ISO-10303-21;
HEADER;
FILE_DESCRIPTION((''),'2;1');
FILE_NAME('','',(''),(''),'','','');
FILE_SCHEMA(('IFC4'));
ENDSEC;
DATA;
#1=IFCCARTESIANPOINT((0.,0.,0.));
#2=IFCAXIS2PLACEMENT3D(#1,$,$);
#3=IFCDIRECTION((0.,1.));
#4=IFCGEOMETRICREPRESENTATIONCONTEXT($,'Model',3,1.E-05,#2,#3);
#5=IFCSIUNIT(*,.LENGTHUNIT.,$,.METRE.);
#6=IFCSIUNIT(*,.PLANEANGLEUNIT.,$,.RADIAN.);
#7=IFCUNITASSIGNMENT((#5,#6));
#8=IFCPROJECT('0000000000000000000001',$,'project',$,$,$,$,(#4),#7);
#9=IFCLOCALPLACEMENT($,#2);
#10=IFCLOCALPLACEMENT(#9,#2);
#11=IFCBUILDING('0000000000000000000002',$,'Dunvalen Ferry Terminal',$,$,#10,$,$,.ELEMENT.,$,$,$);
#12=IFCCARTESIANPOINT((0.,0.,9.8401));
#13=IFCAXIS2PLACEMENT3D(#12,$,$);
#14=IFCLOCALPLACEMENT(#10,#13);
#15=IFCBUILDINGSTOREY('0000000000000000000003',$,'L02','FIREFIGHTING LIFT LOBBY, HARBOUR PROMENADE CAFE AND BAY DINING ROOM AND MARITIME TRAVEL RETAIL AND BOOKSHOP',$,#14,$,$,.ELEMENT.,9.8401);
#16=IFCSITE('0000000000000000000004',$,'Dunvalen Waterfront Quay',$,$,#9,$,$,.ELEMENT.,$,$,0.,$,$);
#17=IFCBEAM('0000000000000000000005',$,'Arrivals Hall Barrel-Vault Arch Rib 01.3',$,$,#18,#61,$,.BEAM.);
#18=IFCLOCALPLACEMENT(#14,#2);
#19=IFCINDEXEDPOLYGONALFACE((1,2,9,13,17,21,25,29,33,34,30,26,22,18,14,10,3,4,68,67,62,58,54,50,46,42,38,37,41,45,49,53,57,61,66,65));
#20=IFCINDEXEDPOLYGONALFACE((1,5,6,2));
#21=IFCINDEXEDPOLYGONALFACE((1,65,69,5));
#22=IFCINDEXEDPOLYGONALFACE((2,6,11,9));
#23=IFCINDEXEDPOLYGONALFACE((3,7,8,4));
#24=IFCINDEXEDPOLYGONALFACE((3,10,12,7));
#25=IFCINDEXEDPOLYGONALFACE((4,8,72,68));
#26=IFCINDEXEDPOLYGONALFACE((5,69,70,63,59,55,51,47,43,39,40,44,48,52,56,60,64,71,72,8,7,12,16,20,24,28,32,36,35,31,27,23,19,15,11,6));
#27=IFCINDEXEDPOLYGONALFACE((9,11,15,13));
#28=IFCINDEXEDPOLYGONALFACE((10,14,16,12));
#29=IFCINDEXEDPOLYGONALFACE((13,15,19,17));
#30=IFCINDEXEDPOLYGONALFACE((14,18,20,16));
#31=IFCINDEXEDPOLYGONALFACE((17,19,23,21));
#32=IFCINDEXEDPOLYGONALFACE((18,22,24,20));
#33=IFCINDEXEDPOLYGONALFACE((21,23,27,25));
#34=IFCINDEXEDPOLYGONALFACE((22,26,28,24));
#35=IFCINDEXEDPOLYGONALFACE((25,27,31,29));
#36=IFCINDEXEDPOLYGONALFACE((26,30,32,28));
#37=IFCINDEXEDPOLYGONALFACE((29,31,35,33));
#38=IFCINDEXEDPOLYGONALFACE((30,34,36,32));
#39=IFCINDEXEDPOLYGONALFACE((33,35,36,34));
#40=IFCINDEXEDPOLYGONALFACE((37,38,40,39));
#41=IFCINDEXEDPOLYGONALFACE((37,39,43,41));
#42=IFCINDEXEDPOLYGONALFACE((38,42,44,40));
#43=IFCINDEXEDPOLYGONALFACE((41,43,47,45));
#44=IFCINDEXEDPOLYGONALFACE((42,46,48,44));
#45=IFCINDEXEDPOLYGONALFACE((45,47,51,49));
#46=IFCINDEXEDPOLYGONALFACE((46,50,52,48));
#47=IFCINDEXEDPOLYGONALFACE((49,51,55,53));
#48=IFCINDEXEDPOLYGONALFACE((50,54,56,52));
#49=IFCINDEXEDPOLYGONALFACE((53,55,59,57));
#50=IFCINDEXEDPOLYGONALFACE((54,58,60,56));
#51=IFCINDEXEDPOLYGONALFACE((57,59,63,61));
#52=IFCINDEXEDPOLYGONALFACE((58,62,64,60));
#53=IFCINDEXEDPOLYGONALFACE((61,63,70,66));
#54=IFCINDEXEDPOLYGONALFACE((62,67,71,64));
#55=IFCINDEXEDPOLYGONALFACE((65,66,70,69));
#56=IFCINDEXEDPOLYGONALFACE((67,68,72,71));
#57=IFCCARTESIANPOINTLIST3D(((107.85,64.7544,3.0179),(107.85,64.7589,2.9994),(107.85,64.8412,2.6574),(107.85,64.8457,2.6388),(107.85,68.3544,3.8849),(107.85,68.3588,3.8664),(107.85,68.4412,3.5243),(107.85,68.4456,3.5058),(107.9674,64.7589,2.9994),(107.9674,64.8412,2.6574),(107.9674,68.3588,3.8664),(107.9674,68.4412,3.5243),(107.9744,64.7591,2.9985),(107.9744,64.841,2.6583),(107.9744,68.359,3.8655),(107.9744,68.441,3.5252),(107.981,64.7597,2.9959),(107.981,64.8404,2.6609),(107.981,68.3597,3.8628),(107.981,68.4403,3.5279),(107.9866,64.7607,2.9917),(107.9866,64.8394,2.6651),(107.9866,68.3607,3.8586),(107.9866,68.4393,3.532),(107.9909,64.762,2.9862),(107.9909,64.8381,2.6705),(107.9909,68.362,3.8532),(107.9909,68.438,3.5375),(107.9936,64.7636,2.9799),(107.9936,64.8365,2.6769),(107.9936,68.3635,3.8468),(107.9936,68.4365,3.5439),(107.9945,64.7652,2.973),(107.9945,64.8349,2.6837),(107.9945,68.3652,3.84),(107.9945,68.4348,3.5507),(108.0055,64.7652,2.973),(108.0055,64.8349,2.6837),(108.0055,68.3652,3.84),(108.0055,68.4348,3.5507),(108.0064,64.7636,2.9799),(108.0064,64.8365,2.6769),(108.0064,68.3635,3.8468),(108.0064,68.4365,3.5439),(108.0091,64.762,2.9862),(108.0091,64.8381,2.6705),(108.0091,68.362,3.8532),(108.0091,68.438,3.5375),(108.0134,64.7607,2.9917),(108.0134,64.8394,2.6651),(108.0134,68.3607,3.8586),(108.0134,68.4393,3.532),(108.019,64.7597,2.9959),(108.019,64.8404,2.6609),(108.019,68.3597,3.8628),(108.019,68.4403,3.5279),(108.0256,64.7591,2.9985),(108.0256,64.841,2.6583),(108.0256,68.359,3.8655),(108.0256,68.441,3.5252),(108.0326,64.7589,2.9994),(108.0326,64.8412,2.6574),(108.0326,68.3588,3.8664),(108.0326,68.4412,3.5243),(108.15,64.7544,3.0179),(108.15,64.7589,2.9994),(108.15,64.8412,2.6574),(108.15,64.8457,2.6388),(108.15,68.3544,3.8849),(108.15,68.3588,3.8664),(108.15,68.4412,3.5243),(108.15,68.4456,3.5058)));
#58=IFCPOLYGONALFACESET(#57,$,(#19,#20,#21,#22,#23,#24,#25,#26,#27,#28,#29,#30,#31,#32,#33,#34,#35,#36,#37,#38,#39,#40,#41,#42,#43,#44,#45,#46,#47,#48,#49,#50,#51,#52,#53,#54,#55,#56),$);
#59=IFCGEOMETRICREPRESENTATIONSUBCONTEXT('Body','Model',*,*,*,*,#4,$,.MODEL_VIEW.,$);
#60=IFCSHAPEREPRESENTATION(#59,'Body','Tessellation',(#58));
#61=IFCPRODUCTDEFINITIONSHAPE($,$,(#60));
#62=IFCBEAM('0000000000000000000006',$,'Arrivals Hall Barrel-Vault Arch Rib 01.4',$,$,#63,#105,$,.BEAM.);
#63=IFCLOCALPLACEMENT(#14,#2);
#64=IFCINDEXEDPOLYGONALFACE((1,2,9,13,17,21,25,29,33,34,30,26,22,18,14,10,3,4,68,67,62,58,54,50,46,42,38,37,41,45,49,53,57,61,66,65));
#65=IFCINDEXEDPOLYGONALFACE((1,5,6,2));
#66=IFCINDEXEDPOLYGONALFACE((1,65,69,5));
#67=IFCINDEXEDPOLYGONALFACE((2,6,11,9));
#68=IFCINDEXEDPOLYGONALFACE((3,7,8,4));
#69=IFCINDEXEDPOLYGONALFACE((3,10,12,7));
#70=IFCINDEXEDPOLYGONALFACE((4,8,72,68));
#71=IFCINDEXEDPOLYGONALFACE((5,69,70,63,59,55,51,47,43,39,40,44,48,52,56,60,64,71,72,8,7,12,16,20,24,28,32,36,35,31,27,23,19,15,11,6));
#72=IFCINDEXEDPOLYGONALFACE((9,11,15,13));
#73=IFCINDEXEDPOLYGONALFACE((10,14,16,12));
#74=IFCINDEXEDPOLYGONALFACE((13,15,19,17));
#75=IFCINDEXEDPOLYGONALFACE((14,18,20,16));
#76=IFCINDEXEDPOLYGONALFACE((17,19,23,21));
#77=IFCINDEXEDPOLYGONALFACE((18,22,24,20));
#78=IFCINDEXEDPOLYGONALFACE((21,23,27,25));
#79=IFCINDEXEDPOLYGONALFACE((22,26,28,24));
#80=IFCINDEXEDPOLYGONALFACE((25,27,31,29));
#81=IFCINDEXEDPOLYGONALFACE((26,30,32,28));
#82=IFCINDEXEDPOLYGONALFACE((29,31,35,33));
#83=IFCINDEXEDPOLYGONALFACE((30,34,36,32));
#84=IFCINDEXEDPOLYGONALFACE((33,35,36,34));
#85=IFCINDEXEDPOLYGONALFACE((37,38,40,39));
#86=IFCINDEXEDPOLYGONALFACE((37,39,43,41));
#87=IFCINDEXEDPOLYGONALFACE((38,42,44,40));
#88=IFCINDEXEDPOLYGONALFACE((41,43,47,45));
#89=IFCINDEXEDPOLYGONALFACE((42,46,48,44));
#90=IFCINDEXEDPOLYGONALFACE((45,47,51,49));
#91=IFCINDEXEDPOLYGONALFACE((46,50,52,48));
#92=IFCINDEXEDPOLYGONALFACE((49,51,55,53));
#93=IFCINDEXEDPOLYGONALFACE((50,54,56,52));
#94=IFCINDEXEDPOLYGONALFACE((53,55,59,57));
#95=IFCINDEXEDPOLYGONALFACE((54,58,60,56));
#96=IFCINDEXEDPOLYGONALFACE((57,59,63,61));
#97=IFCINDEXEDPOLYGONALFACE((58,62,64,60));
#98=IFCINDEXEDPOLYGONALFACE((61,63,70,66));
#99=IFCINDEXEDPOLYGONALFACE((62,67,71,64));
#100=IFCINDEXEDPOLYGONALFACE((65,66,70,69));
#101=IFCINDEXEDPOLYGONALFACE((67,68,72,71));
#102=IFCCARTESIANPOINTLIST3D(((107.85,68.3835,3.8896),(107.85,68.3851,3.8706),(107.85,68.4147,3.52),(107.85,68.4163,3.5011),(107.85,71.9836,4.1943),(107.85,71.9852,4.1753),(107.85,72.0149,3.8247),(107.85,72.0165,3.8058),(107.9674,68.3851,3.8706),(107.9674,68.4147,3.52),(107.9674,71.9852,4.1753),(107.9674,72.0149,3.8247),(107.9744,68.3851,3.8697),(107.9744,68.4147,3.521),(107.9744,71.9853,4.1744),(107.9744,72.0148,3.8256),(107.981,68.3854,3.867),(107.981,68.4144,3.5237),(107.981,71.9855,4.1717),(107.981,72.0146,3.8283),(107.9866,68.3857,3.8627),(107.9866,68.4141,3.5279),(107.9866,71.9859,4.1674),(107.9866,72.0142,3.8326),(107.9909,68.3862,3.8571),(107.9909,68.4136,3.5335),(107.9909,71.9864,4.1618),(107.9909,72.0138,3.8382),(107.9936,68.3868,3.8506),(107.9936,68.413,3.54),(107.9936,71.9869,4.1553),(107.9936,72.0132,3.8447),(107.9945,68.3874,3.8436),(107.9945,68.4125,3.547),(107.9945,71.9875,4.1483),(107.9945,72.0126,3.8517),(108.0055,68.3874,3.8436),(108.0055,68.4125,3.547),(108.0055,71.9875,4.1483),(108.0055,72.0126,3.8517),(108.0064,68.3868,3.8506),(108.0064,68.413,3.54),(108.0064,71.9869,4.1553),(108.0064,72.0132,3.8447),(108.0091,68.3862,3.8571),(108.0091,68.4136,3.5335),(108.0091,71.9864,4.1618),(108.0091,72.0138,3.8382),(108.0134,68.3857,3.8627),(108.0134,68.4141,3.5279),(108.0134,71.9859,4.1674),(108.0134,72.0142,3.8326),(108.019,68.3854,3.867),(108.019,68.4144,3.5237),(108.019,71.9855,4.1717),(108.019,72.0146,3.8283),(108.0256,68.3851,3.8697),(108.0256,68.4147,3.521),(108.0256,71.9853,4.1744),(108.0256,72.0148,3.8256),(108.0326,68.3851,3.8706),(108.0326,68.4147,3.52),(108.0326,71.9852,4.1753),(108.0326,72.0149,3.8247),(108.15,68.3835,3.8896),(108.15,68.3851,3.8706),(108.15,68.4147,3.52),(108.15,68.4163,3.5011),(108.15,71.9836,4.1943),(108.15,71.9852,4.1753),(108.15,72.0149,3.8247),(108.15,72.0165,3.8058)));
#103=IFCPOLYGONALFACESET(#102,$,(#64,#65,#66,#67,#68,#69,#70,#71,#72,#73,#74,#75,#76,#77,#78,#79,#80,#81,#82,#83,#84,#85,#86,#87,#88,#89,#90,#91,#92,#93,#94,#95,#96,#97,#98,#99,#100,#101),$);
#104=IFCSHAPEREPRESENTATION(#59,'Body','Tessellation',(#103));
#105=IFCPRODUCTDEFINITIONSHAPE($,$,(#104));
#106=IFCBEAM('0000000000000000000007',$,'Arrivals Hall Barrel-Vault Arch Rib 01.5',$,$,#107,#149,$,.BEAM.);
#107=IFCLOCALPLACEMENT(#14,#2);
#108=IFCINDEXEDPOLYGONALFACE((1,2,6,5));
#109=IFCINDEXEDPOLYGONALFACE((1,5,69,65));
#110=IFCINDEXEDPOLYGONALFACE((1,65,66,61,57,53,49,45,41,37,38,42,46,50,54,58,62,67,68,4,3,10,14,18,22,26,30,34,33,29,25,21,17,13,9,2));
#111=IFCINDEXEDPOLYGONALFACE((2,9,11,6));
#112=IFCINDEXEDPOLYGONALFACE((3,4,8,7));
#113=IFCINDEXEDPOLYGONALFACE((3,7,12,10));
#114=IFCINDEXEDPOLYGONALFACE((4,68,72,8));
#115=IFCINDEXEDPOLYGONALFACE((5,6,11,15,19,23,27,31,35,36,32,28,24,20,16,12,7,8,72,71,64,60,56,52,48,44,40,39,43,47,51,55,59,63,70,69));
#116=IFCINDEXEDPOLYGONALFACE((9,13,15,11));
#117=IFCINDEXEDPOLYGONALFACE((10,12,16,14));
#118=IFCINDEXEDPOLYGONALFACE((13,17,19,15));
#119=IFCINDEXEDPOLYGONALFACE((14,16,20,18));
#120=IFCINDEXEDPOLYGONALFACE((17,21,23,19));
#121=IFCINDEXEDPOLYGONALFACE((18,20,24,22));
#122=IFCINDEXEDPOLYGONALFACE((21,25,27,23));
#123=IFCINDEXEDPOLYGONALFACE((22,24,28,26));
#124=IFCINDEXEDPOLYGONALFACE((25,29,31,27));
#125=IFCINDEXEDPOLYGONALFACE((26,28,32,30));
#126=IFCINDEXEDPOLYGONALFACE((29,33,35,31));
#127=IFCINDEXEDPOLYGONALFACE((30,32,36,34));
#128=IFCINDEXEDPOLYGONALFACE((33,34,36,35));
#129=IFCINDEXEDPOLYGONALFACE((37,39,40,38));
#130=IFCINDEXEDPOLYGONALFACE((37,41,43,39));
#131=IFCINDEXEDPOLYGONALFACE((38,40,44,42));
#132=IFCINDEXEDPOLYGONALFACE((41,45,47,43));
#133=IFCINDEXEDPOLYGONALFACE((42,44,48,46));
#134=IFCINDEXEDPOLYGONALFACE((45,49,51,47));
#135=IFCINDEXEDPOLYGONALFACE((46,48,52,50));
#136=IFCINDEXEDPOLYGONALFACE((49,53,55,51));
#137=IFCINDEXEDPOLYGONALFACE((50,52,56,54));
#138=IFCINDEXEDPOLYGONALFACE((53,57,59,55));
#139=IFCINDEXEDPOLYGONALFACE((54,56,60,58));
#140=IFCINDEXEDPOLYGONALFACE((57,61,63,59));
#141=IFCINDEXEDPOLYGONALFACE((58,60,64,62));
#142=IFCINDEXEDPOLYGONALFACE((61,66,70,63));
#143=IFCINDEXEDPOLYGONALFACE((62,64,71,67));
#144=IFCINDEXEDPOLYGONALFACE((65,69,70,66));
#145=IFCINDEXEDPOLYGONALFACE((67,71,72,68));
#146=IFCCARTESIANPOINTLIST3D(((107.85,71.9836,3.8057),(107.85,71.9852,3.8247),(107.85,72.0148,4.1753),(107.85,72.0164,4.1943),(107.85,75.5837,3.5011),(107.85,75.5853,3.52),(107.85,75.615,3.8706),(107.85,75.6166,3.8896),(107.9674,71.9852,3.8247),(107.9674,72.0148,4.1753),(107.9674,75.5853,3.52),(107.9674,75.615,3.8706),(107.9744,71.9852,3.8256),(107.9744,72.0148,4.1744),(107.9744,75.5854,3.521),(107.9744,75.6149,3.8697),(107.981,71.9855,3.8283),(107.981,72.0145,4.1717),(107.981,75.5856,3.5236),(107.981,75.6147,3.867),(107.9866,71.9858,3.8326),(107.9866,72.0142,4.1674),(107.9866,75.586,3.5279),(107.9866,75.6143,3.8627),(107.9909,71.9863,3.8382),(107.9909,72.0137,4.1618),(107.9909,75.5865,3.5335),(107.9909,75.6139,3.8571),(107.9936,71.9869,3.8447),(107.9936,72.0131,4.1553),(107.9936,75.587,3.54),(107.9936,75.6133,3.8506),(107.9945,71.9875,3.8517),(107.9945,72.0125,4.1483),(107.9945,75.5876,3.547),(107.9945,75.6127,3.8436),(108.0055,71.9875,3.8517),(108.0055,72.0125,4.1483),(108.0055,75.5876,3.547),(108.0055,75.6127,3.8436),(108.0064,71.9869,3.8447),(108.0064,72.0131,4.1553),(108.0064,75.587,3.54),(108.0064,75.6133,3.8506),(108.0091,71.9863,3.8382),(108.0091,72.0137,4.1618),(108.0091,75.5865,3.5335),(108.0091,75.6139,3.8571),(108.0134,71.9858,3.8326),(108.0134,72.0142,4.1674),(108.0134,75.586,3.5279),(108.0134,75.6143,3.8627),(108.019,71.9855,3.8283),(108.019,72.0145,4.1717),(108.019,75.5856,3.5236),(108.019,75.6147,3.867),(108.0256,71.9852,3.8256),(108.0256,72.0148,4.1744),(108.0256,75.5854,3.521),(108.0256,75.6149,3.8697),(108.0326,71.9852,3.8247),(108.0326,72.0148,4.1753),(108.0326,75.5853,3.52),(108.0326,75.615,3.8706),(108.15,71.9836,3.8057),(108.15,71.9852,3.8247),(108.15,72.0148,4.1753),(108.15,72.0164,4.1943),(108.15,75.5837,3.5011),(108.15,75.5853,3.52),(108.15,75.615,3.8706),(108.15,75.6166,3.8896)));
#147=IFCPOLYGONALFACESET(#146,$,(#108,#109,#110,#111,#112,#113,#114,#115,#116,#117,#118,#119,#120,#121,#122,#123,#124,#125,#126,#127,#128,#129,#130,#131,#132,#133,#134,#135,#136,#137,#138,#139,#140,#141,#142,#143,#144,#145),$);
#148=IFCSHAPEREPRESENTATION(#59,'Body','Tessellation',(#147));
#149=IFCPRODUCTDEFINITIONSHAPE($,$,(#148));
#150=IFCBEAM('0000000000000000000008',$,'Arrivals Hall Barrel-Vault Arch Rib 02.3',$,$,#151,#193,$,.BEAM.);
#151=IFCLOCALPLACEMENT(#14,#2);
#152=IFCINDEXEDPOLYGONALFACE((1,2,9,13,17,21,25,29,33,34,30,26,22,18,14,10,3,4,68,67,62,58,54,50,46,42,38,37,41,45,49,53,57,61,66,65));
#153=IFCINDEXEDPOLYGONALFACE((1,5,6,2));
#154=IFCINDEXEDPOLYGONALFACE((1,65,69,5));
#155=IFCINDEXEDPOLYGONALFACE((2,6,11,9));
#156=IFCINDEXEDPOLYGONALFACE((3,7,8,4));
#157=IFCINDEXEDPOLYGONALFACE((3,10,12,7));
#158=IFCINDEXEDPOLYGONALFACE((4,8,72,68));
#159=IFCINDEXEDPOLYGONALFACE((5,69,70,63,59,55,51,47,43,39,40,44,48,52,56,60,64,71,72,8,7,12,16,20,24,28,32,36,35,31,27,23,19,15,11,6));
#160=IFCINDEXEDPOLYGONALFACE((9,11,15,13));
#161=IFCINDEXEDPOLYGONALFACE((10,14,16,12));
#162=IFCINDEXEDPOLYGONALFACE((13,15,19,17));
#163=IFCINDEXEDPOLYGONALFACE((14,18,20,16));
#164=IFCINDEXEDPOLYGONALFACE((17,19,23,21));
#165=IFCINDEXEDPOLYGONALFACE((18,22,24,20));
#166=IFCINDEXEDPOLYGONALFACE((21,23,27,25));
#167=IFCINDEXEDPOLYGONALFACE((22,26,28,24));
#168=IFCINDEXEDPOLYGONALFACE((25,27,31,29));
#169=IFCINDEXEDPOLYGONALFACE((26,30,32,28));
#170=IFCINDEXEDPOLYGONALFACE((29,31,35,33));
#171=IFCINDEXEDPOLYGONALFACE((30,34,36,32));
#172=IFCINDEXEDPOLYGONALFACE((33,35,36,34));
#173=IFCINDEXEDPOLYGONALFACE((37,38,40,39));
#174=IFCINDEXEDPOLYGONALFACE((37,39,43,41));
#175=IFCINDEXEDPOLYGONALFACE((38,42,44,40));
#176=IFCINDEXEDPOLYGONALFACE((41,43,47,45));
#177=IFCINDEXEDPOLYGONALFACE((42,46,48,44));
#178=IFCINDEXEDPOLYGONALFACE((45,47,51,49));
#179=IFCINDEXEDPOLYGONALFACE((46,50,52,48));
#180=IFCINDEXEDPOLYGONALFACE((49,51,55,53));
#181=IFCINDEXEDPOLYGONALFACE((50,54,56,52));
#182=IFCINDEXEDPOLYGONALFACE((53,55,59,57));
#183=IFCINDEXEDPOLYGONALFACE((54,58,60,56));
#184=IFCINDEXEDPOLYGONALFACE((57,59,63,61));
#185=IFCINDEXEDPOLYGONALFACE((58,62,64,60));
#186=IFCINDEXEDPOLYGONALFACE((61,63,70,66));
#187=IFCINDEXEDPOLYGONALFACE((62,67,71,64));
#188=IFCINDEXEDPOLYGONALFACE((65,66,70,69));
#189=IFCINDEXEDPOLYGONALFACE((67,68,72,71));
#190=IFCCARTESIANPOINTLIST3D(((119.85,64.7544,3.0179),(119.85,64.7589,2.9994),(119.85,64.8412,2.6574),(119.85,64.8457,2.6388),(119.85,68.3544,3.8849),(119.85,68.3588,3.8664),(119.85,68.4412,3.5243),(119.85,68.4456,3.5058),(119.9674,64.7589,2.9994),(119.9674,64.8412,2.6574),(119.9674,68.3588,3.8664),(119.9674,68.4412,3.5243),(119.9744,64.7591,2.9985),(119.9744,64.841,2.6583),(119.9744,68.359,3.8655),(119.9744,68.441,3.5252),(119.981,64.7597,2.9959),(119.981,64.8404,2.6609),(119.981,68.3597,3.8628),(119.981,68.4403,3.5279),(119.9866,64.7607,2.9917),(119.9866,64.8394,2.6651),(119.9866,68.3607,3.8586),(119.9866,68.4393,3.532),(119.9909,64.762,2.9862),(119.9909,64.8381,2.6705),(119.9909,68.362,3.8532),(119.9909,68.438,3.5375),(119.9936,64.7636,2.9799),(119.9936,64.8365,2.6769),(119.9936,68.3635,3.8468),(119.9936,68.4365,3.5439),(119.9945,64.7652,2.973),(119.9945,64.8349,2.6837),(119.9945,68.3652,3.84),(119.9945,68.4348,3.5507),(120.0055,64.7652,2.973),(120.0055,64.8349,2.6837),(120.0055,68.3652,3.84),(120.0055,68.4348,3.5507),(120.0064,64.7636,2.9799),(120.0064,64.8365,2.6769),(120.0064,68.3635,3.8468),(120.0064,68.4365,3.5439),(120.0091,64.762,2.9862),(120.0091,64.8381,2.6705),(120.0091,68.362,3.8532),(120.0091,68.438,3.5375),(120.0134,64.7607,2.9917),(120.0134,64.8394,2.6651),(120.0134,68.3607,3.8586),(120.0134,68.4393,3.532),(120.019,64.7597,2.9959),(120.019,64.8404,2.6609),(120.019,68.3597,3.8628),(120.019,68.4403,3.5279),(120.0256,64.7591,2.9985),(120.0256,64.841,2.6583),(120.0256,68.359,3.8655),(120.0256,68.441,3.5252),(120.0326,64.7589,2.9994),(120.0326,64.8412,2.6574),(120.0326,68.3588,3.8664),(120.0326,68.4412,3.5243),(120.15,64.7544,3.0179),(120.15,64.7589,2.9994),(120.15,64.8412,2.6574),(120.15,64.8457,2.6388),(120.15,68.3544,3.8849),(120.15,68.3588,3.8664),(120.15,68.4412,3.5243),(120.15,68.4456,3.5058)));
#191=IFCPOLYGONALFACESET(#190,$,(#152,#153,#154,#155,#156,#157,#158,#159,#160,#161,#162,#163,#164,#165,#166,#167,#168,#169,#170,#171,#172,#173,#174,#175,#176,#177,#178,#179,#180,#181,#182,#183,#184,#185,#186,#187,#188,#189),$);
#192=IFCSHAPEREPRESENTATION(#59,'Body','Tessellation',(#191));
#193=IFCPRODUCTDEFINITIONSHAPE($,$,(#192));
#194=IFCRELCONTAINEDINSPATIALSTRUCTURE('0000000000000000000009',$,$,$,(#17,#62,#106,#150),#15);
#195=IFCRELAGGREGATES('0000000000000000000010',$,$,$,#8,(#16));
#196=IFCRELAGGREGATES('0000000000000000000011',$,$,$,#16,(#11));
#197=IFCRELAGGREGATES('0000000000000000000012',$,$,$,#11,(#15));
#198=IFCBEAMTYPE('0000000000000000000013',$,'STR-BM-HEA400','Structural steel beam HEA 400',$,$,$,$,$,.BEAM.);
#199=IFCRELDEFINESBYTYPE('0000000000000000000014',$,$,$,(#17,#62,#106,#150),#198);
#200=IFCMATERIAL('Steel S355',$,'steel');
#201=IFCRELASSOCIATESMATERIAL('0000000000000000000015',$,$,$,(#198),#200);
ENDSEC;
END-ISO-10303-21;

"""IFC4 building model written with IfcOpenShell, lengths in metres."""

from ifc_helpers import new_model, si_unit, direction, frame, origin, origin_2d, place, context, subcontext, project, spatial, i_section, extrude, material, material_profile, profile_set, type_object, element, save


model = new_model("IFC4")

# Units and contexts
model_context = context("Model", 3, precision=1e-05, world=origin(), true_north=direction((0.0, 1.0)))
body_context = subcontext(model_context, "Body", "Model", "MODEL_VIEW")
ifc_project = project(units=[si_unit("LENGTHUNIT", "METRE"), si_unit("PLANEANGLEUNIT", "RADIAN")], contexts=[model_context])

# Site, building, storey
site_placement = place(None, origin())
site = spatial("IfcSite", under=ifc_project, at=site_placement, Name="Dunvalen Waterfront Quay", CompositionType="ELEMENT", RefElevation=0.0)
building_placement = place(site_placement, origin())
building = spatial("IfcBuilding", under=site, at=building_placement, Name="Dunvalen Ferry Terminal", CompositionType="ELEMENT")
storey_placement = place(building_placement, frame((0.0, 0.0, 9.8401)))
storey = spatial("IfcBuildingStorey", under=building, at=storey_placement, Name="L02", Description="FIREFIGHTING LIFT LOBBY, HARBOUR PROMENADE CAFE AND BAY DINING ROOM AND MARITIME TRAVEL RETAIL AND BOOKSHOP", CompositionType="ELEMENT", Elevation=9.8401)

# Beams
ifc_material_1 = material(Name="Steel S355", Category="steel")
ifc_material_profile_1 = material_profile(ifc_material_1, i_section(OverallWidth=0.3, OverallDepth=0.3899, WebThickness=0.011, FlangeThickness=0.019, FilletRadius=0.0271, at=origin_2d()), Name="Steel S355")
ifc_profile_set_1 = profile_set([ifc_material_profile_1], Name="Steel S355")
beam_type = type_object("IfcBeamType", Name="STR-BM-HEA400", Description="Structural steel beam HEA 400", PredefinedType="BEAM", material=ifc_profile_set_1)
beam_1_placement = place(storey_placement, frame((108.0, 64.8, 2.8284), z_axis=(0.0, 0.972204, 0.234133), x_axis=(-1.0, 0.0, 0.0)))
element("IfcBeam", 1, at=beam_1_placement, inside=storey, type_object=beam_type, Name="Arrivals Hall Barrel-Vault Arch Rib 01.3", PredefinedType="BEAM", context=body_context, shape_type="SweptSolid", body=[
    extrude(i_section(OverallWidth=0.3, OverallDepth=0.3899, WebThickness=0.011, FlangeThickness=0.019, FilletRadius=0.0271, at=origin_2d()), origin(), (0.0, 0.0, 1.0), 3.7029),
])
for number, where, z_axis, x_axis, name in (
    (2, (108.0, 68.3999, 3.6953), (0.0, 0.996438, 0.084332), (-1.0, 0.0, 0.0), "Arrivals Hall Barrel-Vault Arch Rib 01.4"),
    (3, (108.0, 72.0, 4.0), (0.0, 0.996438, -0.084332), (-1.0, 0.0, 0.0), "Arrivals Hall Barrel-Vault Arch Rib 01.5"),
):
    element("IfcBeam", number, at=place(storey_placement, frame(where, z_axis=z_axis, x_axis=x_axis)), inside=storey, type_object=beam_type, Name=name, PredefinedType="BEAM", context=body_context, shape_type="SweptSolid", body=[
        extrude(i_section(OverallWidth=0.3, OverallDepth=0.3899, WebThickness=0.011, FlangeThickness=0.019, FilletRadius=0.0271, at=origin_2d()), origin(), (0.0, 0.0, 1.0), 3.613),
    ])
beam_2_placement = place(storey_placement, frame((120.0, 64.8, 2.8284), z_axis=(0.0, 0.972204, 0.234133), x_axis=(-1.0, 0.0, 0.0)))
element("IfcBeam", 4, at=beam_2_placement, inside=storey, type_object=beam_type, Name="Arrivals Hall Barrel-Vault Arch Rib 02.3", PredefinedType="BEAM", context=body_context, shape_type="SweptSolid", body=[
    extrude(i_section(OverallWidth=0.3, OverallDepth=0.3899, WebThickness=0.011, FlangeThickness=0.019, FilletRadius=0.0271, at=origin_2d()), origin(), (0.0, 0.0, 1.0), 3.7029),
])

save(model, "model.ifc")
